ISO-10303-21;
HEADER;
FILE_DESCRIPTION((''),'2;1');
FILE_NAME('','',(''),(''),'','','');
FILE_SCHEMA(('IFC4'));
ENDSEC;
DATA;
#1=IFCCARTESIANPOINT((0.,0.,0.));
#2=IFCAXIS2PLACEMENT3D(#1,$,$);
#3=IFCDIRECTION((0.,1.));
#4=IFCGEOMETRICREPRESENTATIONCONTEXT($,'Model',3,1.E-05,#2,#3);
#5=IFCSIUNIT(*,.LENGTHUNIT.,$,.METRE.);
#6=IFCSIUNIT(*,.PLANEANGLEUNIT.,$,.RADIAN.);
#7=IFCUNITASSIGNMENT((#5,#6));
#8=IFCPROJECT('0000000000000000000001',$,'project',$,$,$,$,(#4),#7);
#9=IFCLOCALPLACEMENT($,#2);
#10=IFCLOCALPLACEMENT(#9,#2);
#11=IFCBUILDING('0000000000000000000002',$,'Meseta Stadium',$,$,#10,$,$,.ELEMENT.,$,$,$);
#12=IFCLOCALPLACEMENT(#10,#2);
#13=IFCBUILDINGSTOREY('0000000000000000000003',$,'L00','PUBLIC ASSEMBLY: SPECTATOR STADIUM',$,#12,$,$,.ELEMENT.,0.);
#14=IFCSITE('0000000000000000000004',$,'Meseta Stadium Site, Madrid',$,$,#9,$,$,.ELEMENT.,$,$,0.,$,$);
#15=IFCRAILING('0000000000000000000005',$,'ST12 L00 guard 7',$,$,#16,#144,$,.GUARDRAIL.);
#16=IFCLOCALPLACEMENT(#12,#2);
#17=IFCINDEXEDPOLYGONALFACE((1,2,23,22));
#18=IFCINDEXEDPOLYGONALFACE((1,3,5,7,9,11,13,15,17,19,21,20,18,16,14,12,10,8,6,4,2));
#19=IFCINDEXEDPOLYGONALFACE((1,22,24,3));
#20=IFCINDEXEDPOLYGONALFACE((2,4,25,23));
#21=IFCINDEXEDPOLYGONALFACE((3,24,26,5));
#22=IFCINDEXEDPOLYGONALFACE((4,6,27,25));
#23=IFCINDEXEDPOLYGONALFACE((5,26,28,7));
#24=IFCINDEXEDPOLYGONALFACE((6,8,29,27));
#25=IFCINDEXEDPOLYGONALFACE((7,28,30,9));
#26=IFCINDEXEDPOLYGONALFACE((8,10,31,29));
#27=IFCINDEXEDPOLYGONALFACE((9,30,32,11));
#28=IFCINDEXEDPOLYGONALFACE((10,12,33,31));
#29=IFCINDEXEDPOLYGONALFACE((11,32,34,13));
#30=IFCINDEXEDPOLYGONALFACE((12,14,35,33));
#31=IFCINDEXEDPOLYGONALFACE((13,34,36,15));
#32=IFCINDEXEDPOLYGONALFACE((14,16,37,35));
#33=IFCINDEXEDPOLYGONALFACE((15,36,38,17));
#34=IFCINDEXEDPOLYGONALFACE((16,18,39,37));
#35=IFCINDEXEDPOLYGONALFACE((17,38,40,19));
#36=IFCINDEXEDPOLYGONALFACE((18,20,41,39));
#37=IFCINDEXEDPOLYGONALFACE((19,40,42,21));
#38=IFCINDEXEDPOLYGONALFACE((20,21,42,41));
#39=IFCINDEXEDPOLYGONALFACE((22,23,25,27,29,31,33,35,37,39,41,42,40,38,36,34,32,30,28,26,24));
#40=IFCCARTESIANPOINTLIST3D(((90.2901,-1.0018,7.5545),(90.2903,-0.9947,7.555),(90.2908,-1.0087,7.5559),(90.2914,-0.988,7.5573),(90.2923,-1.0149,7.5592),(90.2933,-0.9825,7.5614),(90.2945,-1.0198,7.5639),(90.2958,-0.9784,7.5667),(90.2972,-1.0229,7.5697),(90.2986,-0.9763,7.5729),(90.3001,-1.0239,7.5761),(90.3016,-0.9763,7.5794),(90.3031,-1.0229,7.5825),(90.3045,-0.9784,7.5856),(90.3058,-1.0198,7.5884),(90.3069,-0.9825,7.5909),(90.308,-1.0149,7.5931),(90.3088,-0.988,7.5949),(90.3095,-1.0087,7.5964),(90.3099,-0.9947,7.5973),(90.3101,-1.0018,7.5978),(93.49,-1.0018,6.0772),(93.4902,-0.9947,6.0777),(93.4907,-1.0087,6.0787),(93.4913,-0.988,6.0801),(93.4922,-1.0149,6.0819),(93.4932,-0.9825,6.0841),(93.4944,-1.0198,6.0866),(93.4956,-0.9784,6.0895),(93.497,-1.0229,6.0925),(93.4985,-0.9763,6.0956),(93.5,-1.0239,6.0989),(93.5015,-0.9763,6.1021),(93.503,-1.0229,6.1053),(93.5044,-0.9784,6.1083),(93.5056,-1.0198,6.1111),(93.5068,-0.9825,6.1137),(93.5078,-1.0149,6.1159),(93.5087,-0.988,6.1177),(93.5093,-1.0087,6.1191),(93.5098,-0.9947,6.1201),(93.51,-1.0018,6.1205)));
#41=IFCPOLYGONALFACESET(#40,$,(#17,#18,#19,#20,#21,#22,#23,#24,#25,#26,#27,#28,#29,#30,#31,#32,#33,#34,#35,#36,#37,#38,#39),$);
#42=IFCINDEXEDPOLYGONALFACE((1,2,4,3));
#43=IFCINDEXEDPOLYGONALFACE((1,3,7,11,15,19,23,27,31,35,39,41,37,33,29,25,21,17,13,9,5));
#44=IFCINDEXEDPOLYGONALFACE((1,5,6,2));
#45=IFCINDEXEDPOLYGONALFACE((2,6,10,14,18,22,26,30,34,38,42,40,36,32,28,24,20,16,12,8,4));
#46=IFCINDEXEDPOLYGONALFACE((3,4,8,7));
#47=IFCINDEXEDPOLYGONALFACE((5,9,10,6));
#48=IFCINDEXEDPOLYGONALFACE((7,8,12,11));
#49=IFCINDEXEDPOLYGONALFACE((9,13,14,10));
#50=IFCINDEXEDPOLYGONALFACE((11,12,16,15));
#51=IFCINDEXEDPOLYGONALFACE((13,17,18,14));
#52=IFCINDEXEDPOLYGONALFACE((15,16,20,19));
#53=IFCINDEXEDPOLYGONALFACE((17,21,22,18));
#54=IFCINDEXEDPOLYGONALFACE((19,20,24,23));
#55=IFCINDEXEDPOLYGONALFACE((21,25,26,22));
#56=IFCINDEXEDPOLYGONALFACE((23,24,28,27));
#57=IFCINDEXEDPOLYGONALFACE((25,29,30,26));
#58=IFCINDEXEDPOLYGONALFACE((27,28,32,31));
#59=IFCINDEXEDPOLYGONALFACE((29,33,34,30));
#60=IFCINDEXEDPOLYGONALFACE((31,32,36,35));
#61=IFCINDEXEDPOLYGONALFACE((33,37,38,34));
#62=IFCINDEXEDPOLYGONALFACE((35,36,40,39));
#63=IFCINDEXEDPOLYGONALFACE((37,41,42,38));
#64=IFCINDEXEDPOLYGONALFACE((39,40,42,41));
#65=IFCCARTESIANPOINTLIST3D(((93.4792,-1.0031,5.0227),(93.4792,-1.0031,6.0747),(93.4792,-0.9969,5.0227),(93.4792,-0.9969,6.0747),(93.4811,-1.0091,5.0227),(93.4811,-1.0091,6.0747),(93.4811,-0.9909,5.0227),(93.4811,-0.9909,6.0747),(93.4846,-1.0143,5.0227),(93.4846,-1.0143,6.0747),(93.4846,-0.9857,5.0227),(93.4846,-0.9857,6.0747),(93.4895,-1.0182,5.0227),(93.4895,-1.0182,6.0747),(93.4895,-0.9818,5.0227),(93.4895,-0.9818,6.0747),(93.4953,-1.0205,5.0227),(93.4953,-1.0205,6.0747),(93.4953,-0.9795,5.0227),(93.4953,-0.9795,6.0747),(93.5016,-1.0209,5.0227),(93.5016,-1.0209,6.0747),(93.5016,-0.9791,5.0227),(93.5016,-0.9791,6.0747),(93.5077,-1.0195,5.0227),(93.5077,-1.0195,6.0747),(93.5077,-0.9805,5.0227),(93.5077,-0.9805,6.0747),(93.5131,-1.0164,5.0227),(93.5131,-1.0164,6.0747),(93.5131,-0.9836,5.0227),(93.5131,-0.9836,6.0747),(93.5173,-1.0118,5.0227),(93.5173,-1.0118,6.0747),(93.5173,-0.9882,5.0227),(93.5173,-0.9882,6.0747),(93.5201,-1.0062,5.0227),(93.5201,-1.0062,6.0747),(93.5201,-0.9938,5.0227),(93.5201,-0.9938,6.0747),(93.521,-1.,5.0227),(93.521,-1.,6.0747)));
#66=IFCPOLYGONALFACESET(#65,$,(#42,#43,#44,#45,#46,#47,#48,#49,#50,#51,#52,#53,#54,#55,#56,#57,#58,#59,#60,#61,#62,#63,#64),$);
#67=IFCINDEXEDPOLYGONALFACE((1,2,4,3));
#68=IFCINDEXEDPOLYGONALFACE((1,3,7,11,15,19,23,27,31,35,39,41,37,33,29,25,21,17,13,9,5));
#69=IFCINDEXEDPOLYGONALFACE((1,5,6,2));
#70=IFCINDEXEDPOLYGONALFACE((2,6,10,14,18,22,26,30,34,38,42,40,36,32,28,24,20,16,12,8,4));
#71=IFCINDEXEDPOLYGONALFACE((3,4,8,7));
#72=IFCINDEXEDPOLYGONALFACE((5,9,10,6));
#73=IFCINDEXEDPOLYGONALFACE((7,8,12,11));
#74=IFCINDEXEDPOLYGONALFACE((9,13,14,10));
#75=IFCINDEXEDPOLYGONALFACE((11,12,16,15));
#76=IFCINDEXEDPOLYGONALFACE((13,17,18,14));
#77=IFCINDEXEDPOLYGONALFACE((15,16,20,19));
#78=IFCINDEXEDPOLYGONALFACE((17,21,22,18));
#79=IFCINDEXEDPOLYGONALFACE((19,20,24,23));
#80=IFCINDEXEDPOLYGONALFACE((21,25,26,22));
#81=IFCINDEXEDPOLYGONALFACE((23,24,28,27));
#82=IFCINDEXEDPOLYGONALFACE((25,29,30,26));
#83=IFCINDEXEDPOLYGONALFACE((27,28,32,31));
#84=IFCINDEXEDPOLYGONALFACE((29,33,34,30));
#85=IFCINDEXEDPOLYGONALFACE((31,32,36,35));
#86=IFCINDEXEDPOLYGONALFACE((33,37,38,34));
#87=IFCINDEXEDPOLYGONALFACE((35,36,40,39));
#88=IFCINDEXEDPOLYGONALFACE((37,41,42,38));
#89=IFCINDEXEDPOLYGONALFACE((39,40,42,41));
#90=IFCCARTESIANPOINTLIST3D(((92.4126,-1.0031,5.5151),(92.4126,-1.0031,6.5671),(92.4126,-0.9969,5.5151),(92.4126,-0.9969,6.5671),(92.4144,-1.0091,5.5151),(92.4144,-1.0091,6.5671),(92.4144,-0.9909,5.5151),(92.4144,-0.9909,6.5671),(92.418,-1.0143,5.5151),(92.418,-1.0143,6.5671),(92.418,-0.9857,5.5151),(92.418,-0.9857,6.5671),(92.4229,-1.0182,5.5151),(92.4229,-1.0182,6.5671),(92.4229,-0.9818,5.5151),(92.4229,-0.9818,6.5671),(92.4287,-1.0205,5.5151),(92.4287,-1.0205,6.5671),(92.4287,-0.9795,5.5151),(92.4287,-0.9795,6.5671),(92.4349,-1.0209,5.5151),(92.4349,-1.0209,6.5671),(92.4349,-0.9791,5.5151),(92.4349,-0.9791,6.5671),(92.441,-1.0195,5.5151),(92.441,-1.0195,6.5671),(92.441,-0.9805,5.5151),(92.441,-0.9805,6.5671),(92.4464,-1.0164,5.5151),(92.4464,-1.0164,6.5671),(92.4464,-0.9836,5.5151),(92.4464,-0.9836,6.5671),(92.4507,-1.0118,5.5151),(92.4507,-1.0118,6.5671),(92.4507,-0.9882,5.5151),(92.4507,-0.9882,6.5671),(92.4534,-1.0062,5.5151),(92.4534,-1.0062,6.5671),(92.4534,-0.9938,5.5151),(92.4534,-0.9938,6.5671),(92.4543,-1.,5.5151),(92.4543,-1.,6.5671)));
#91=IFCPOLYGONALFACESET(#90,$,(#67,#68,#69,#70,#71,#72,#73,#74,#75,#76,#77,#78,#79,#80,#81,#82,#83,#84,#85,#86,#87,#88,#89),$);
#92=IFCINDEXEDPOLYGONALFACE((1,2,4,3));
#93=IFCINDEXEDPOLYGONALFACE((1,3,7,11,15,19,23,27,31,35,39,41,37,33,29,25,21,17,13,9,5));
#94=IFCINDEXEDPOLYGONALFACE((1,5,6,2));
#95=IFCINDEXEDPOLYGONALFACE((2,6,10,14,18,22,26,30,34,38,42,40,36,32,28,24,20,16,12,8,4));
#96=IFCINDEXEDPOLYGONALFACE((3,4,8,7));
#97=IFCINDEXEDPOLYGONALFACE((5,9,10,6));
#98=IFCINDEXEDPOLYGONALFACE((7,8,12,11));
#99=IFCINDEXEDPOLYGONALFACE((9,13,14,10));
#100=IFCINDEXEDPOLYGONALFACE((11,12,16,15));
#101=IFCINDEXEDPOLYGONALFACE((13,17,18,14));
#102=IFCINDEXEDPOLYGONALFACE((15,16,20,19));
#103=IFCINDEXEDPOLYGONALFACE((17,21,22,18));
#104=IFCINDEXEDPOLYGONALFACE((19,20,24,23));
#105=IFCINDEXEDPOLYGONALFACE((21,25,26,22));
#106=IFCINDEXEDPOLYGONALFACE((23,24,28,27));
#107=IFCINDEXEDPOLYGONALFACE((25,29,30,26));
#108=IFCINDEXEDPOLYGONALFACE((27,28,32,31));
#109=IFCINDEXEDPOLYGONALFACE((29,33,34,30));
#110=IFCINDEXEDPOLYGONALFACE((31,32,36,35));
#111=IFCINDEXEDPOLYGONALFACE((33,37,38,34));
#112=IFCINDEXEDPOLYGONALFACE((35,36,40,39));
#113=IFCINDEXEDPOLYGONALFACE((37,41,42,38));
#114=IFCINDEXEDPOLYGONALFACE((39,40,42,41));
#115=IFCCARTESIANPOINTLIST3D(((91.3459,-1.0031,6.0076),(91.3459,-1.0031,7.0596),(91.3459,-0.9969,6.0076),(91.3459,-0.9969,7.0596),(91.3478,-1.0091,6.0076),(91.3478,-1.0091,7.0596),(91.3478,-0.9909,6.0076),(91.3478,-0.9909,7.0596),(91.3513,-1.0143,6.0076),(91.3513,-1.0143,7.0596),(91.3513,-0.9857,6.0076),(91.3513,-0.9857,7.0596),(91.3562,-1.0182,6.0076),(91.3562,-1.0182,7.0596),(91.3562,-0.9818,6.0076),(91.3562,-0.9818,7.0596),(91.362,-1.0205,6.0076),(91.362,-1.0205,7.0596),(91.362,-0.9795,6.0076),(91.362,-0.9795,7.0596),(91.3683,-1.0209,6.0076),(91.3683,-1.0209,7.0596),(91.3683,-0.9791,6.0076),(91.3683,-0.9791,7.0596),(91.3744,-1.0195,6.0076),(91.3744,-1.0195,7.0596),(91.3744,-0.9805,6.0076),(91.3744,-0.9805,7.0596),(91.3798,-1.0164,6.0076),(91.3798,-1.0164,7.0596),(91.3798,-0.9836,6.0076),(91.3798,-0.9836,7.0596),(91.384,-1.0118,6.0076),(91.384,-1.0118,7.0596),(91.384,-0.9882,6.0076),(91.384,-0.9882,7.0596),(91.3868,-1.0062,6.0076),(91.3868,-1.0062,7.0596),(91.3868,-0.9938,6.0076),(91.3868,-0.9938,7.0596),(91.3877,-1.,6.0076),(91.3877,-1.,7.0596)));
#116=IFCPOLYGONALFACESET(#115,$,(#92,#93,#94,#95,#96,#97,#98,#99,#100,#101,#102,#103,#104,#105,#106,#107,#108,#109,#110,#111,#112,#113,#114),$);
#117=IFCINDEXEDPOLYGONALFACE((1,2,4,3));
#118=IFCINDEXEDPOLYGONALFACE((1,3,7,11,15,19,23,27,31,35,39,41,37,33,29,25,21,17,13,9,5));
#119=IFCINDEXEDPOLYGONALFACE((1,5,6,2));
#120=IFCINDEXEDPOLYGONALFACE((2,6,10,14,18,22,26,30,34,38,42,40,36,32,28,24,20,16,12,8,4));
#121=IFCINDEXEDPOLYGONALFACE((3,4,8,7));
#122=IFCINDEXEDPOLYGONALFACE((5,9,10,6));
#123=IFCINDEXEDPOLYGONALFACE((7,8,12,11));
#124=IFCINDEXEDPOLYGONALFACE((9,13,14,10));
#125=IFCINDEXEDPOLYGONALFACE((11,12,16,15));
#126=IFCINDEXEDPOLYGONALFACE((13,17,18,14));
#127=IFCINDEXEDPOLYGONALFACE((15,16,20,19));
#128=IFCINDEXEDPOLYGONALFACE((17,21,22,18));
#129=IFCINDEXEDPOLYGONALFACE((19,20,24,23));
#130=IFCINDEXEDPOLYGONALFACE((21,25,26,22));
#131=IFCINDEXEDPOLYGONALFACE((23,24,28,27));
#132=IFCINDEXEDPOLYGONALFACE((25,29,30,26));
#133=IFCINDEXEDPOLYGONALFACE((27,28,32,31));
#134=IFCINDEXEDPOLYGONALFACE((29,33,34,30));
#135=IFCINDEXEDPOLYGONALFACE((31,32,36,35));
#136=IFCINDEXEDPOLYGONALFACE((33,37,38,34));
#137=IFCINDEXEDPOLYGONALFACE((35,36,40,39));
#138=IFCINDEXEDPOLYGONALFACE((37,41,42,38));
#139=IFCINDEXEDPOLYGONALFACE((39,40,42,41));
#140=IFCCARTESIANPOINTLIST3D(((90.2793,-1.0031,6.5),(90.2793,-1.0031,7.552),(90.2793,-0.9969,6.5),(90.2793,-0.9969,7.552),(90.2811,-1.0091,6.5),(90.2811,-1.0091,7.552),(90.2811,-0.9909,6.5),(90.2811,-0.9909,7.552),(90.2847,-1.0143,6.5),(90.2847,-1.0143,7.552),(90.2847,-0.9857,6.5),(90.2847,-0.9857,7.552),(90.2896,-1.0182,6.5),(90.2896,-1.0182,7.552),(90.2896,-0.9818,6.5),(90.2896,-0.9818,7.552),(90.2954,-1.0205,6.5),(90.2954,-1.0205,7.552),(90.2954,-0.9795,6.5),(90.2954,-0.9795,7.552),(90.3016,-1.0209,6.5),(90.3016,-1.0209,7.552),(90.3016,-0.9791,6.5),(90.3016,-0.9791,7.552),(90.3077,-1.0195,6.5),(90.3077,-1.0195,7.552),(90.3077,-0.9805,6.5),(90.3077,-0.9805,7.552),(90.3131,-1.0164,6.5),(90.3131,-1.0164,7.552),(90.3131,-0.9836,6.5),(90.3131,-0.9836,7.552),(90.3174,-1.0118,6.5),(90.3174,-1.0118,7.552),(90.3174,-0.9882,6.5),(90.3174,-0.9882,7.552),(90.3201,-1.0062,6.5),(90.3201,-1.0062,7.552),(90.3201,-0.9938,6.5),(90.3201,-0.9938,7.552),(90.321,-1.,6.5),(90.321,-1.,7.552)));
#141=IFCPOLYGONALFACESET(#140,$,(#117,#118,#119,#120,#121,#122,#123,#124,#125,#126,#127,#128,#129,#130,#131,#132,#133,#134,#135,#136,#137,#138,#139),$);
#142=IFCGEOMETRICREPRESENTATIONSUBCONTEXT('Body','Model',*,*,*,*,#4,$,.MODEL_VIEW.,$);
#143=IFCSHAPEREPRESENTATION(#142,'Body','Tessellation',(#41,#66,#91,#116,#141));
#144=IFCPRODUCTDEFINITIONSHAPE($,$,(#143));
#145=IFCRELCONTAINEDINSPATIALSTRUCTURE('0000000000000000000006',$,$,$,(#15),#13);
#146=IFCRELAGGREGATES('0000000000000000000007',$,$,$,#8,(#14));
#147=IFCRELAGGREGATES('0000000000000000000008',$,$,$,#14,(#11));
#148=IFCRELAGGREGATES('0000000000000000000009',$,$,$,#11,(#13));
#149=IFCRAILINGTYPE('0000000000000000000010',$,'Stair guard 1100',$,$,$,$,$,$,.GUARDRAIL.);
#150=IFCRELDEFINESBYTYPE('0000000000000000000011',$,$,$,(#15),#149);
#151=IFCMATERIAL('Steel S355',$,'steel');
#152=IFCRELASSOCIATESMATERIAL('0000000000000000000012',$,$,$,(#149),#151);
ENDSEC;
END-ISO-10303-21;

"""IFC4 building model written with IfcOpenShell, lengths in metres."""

from ifc_helpers import new_model, si_unit, direction, frame, origin, origin_2d, place, context, subcontext, project, spatial, circle, extrude, material, type_object, element, save


model = new_model("IFC4")

# Units and contexts
model_context = context("Model", 3, precision=1e-05, world=origin(), true_north=direction((0.0, 1.0)))
body_context = subcontext(model_context, "Body", "Model", "MODEL_VIEW")
ifc_project = project(units=[si_unit("LENGTHUNIT", "METRE"), si_unit("PLANEANGLEUNIT", "RADIAN")], contexts=[model_context])

# Site, building, storey
site_placement = place(None, origin())
site = spatial("IfcSite", under=ifc_project, at=site_placement, Name="Meseta Stadium Site, Madrid", CompositionType="ELEMENT", RefElevation=0.0)
building_placement = place(site_placement, origin())
building = spatial("IfcBuilding", under=site, at=building_placement, Name="Meseta Stadium", CompositionType="ELEMENT")
storey_placement = place(building_placement, origin())
storey = spatial("IfcBuildingStorey", under=building, at=storey_placement, Name="L00", Description="PUBLIC ASSEMBLY: SPECTATOR STADIUM", CompositionType="ELEMENT", Elevation=0.0)

# Railing
ifc_material_1 = material(Name="Steel S355", Category="steel")
railing_type_1 = type_object("IfcRailingType", Name="Stair guard 1100", PredefinedType="GUARDRAIL", material=ifc_material_1)
railing_1_placement = place(storey_placement, frame((93.5, -1.0, 5.0227)))
element("IfcRailing", 1, at=railing_1_placement, inside=storey, type_object=railing_type_1, Name="ST12 L00 guard 7", PredefinedType="GUARDRAIL", context=body_context, shape_type="SweptSolid", body=[
    extrude(circle(Radius=0.0239, at=origin_2d()), frame((0.0, 0.0, 1.0762), z_axis=(-0.907917, 0.0, 0.41915), x_axis=(0.0, -1.0, 0.0)), (0.0, 0.0, 1.0), 3.5244),
    extrude(circle(Radius=0.021, at=origin_2d()), origin(), (0.0, 0.0, 1.0), 1.052),
    extrude(circle(Radius=0.021, at=origin_2d()), frame((-1.0667, 0.0, 0.4924)), (0.0, 0.0, 1.0), 1.052),
    extrude(circle(Radius=0.021, at=origin_2d()), frame((-2.1333, 0.0, 0.9849)), (0.0, 0.0, 1.0), 1.052),
    extrude(circle(Radius=0.021, at=origin_2d()), frame((-3.2, 0.0, 1.4773)), (0.0, 0.0, 1.0), 1.052),
])

save(model, "model.ifc")
